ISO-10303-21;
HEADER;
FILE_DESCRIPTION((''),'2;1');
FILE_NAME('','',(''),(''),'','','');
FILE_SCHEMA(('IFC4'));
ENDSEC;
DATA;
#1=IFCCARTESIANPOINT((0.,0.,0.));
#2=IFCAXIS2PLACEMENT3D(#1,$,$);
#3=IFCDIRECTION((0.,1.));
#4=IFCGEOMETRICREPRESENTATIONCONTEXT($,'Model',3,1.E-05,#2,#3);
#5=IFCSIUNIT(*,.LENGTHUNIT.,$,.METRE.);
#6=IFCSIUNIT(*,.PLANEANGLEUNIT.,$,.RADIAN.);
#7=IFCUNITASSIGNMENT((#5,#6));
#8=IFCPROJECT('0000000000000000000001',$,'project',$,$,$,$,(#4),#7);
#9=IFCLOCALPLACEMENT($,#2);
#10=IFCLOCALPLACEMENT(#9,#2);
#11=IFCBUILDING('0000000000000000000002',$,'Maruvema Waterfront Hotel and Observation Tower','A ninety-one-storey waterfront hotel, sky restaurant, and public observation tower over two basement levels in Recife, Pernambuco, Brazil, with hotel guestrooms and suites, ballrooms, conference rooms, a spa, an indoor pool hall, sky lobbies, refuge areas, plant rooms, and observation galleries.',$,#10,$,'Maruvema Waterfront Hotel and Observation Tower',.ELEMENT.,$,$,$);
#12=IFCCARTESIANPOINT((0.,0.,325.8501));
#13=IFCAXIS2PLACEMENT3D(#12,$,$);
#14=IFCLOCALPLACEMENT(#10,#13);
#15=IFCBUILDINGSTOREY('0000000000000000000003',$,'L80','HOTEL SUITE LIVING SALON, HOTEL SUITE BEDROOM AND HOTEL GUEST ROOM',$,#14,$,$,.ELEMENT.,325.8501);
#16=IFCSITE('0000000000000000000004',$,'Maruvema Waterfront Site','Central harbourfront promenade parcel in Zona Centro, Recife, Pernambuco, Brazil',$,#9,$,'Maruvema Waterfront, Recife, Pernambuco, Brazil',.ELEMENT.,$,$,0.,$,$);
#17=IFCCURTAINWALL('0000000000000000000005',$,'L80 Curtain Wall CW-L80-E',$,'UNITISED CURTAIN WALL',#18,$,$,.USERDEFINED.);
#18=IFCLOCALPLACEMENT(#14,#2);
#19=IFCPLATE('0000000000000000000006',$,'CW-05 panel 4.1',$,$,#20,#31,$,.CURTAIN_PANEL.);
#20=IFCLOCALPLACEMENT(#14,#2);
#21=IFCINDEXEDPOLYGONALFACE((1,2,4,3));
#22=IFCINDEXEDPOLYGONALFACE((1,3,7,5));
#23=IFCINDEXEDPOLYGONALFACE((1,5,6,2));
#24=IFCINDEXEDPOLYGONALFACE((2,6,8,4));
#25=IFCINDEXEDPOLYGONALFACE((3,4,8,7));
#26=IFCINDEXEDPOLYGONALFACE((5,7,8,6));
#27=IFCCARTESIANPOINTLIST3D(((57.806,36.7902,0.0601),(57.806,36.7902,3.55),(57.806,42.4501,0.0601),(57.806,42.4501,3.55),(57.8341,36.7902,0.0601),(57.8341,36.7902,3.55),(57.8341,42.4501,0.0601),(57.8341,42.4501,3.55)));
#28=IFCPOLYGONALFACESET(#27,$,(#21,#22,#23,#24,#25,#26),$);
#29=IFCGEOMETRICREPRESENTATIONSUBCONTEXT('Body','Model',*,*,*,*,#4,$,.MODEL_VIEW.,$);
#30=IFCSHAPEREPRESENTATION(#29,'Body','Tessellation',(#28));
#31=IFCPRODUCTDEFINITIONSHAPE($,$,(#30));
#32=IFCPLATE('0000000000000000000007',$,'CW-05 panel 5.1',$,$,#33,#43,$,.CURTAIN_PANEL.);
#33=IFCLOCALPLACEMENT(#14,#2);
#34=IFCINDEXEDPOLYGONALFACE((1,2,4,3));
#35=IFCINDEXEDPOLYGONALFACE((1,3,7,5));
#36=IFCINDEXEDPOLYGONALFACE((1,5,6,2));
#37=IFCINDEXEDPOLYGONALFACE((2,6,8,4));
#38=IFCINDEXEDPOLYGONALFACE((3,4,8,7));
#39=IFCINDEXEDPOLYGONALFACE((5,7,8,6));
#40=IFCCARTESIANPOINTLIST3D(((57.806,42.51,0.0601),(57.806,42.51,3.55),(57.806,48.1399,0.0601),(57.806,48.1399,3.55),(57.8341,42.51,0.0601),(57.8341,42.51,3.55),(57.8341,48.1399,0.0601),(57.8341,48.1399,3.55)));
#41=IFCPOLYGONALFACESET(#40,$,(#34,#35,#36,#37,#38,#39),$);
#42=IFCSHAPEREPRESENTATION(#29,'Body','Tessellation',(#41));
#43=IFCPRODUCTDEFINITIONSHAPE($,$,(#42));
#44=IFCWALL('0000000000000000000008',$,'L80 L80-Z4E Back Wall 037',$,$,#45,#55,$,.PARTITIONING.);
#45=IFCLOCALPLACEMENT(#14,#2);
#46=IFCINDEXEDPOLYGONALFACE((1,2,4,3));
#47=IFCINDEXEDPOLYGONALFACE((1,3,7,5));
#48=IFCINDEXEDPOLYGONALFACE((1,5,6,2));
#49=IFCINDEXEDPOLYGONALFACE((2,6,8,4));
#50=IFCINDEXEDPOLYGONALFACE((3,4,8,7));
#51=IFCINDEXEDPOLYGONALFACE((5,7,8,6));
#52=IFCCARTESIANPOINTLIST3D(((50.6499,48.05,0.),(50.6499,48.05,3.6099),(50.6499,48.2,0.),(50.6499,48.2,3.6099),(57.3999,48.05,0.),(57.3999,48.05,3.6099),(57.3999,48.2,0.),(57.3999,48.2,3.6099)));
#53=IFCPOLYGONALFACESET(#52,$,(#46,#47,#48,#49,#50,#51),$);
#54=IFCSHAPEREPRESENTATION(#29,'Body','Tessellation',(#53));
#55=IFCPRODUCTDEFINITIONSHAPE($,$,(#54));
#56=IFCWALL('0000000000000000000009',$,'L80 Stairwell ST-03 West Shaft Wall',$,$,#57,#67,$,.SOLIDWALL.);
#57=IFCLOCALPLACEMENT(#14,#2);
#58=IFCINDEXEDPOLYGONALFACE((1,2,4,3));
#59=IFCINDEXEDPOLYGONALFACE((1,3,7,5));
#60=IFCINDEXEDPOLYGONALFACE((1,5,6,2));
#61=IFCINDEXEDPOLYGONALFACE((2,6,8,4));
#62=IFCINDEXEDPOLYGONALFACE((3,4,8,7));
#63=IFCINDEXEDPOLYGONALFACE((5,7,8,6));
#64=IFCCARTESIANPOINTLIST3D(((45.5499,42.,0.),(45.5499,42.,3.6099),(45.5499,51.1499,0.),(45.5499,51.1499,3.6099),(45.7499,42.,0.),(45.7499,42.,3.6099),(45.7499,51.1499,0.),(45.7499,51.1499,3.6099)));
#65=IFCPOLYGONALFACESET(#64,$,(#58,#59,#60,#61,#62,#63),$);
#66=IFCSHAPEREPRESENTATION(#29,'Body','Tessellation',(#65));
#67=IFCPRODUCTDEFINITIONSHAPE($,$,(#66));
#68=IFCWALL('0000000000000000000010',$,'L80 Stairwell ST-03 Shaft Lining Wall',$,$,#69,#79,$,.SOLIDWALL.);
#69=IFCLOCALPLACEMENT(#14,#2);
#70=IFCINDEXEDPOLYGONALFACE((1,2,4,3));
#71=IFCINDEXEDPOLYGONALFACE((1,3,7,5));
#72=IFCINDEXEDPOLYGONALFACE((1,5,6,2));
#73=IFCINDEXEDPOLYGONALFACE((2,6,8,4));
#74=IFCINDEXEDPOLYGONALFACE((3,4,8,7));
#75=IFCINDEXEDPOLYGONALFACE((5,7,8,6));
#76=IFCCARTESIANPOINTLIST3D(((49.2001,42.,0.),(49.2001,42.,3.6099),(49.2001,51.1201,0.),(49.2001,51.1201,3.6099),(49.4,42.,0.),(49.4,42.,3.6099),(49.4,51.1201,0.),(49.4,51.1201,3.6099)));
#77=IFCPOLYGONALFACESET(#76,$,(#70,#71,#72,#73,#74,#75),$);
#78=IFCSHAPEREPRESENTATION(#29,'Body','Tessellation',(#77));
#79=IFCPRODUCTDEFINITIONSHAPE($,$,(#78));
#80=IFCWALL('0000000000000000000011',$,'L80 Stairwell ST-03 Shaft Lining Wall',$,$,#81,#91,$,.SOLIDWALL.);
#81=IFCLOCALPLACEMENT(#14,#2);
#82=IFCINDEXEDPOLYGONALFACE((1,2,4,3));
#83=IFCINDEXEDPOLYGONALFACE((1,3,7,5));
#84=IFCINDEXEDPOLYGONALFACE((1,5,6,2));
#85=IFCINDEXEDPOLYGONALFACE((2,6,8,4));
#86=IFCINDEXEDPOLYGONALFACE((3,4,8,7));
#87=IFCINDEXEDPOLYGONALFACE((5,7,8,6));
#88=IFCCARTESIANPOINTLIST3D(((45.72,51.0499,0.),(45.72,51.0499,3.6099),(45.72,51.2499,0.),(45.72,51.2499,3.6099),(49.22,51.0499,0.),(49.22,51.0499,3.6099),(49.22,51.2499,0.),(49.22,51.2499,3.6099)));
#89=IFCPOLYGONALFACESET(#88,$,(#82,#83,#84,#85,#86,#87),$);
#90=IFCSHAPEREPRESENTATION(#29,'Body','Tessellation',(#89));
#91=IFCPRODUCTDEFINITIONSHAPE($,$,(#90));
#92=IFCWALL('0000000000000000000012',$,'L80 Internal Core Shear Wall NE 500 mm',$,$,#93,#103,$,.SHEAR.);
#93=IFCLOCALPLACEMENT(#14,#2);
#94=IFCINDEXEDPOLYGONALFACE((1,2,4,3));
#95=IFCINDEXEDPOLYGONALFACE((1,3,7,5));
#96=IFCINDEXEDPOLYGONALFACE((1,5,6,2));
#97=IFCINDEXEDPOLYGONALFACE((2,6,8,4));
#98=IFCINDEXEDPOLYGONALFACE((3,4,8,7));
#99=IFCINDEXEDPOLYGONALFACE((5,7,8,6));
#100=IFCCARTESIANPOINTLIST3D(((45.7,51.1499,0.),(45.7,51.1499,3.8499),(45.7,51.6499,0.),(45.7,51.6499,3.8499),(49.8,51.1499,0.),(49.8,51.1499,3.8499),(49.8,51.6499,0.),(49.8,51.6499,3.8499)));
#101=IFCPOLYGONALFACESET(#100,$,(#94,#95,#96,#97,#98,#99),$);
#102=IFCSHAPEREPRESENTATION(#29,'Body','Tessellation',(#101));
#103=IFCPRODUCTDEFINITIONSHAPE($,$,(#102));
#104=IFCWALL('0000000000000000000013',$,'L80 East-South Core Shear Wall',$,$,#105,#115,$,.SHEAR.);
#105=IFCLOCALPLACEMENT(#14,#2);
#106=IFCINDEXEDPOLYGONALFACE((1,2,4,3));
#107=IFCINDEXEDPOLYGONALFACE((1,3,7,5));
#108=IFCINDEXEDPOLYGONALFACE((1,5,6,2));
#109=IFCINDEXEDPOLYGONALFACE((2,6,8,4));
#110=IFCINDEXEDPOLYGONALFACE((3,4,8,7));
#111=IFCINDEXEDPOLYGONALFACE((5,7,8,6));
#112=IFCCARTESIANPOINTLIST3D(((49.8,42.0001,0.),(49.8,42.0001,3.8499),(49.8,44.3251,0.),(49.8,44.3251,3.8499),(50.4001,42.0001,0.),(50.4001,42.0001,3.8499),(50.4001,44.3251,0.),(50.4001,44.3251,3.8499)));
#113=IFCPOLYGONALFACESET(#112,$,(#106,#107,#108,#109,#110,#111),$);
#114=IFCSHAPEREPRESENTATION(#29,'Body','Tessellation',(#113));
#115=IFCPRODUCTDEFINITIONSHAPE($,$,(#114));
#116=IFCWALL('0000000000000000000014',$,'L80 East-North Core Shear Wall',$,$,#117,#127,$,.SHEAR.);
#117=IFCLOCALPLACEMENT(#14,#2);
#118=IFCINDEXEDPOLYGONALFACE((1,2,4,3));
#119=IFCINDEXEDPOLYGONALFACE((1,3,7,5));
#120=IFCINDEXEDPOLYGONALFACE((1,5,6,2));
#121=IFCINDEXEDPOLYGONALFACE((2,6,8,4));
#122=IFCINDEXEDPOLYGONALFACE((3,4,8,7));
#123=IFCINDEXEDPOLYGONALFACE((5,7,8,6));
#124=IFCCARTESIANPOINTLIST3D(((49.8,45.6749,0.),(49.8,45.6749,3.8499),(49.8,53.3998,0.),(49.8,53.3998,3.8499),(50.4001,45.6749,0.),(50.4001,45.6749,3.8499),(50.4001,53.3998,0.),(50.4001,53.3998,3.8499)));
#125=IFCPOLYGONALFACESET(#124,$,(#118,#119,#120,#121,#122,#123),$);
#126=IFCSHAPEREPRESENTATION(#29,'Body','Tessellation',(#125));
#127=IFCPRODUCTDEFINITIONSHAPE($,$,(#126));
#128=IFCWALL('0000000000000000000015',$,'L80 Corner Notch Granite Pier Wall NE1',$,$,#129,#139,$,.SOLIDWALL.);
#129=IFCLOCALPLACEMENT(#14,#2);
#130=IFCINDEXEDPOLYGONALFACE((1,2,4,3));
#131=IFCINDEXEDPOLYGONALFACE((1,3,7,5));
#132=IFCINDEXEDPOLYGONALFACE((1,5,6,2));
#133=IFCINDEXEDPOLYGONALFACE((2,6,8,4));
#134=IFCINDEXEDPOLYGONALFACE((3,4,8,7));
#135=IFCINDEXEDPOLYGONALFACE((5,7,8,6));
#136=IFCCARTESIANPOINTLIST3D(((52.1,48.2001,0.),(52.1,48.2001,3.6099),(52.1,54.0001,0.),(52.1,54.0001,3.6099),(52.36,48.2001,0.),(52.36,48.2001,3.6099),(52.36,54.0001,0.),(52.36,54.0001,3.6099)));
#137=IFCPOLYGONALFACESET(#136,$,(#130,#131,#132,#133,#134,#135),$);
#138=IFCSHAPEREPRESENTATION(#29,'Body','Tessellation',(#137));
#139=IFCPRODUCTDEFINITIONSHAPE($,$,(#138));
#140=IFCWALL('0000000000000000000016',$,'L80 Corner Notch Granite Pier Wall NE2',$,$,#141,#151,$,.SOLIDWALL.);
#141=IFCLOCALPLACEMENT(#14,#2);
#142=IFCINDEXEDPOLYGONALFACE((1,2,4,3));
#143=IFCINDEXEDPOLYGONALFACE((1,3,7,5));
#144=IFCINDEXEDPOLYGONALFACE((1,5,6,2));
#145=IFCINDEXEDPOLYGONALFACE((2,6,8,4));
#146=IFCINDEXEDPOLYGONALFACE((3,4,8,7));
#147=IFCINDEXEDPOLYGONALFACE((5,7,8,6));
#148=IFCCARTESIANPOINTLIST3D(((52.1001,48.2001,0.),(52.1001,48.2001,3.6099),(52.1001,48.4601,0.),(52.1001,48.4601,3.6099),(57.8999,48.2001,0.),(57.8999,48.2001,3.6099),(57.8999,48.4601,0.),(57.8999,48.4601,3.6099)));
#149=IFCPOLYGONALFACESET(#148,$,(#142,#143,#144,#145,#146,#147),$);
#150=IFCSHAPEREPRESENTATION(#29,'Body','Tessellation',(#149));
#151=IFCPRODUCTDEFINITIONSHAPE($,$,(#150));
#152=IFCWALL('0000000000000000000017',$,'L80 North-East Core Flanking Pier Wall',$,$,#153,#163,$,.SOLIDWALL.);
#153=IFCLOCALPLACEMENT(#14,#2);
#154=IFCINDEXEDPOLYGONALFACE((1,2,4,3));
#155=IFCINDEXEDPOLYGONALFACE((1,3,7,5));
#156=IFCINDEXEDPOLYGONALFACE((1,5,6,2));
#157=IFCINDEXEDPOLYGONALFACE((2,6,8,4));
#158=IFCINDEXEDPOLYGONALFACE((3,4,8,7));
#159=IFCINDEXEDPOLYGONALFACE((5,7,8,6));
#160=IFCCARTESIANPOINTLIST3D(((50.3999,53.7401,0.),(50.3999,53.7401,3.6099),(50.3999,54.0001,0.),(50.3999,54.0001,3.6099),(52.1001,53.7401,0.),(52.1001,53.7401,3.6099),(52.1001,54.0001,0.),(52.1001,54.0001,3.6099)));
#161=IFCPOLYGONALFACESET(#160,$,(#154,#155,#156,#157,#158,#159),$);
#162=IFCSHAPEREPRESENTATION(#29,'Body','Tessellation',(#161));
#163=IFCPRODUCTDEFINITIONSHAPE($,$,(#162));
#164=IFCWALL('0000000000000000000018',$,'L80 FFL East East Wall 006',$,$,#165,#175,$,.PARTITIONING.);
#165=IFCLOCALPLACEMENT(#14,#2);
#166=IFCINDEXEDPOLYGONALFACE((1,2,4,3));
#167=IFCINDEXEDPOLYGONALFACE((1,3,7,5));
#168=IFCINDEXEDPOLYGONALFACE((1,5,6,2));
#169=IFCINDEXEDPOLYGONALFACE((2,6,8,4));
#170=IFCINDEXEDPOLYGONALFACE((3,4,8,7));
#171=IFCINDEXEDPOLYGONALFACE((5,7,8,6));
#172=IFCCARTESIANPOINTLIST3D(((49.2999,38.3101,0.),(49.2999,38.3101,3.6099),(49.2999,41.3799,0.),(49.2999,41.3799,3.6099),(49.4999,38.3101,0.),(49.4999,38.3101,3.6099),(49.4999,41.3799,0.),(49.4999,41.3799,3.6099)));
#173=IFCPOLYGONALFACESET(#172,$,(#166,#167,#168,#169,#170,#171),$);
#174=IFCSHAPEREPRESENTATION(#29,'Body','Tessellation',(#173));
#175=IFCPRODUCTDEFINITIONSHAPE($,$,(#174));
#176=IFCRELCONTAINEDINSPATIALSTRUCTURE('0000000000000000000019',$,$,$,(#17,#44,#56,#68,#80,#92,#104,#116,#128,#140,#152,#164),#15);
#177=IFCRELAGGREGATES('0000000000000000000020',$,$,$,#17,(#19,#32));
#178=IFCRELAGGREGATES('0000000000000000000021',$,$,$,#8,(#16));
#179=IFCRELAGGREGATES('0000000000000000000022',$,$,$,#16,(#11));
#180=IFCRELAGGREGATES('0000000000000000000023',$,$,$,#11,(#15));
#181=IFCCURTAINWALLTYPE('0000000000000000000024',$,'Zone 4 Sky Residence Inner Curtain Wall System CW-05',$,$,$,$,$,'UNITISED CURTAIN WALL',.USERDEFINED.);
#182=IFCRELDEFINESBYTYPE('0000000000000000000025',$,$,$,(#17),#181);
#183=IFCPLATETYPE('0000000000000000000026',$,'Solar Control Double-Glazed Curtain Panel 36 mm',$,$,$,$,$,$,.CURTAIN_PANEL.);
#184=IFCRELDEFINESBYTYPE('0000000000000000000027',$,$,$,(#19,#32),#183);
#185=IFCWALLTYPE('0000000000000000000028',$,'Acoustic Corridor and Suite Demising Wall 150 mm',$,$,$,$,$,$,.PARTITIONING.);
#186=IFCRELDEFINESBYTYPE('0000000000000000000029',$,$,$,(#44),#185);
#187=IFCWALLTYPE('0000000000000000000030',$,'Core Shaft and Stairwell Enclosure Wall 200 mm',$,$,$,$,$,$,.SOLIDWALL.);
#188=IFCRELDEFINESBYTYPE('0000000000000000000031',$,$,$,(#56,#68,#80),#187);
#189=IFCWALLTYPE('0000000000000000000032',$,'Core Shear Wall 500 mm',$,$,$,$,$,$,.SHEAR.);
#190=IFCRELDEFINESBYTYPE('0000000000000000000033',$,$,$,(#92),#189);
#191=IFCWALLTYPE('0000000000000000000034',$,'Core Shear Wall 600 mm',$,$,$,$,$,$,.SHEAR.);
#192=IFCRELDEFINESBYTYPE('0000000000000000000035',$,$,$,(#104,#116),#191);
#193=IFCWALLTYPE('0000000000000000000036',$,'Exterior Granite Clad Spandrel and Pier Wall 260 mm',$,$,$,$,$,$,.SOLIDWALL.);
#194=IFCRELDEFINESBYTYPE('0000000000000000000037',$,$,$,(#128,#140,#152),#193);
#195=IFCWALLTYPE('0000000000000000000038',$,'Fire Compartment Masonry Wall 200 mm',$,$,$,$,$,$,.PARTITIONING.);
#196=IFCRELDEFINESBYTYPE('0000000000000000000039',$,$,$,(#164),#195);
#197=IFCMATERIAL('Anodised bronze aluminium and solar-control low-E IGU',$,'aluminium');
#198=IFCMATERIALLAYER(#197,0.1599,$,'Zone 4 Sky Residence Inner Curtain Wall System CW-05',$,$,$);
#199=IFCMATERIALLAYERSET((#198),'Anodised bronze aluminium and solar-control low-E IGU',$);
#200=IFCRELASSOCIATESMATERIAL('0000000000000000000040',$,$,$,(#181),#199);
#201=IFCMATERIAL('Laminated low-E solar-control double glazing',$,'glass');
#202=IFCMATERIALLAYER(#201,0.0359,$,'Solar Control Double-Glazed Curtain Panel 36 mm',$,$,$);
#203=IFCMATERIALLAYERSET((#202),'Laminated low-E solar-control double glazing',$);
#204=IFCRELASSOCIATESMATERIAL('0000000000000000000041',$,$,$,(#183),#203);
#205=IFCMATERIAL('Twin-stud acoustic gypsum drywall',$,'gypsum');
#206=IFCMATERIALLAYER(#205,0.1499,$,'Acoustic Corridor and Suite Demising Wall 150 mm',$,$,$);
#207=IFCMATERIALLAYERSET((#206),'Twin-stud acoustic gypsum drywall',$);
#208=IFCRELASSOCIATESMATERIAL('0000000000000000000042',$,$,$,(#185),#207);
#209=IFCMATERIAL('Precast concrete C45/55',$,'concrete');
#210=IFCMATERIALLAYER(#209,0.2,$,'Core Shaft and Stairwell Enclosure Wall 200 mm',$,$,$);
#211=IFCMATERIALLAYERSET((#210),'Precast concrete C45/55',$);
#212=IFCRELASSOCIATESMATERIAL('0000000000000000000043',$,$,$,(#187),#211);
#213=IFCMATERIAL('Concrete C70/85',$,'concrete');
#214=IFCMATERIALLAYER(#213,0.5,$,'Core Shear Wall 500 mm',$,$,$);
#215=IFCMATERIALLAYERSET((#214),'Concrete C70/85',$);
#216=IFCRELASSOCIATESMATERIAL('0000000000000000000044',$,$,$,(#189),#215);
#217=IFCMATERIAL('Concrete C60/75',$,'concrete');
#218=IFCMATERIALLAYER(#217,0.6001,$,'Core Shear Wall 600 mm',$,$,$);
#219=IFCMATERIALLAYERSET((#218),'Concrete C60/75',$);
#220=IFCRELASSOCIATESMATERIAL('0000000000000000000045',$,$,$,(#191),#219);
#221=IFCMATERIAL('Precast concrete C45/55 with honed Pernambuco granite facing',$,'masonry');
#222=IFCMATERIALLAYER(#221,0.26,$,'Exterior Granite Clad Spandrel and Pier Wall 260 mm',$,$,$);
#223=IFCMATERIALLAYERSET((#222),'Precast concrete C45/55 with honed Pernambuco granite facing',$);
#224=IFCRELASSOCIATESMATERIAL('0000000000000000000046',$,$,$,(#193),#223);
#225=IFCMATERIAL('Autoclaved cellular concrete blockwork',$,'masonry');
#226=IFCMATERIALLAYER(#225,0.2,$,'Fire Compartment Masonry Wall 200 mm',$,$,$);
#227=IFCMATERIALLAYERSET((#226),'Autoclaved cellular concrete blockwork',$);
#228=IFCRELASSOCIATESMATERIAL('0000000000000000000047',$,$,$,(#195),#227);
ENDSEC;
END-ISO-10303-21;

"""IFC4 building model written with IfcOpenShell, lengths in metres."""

from ifc_helpers import new_model, si_unit, direction, frame, frame_2d, origin, origin_2d, place, context, subcontext, project, spatial, rectangle, extrude, material, layer, layer_set, type_object, element, aggregate, save


model = new_model("IFC4")

# Units and contexts
model_context = context("Model", 3, precision=1e-05, world=origin(), true_north=direction((0.0, 1.0)))
body_context = subcontext(model_context, "Body", "Model", "MODEL_VIEW")
ifc_project = project(units=[si_unit("LENGTHUNIT", "METRE"), si_unit("PLANEANGLEUNIT", "RADIAN")], contexts=[model_context])

# Site, building, storey
site_placement = place(None, origin())
site = spatial("IfcSite", under=ifc_project, at=site_placement, Name="Maruvema Waterfront Site", Description="Central harbourfront promenade parcel in Zona Centro, Recife, Pernambuco, Brazil", LongName="Maruvema Waterfront, Recife, Pernambuco, Brazil", CompositionType="ELEMENT", RefElevation=0.0)
building_placement = place(site_placement, origin())
building = spatial("IfcBuilding", under=site, at=building_placement, Name="Maruvema Waterfront Hotel and Observation Tower", Description="A ninety-one-storey waterfront hotel, sky restaurant, and public observation tower over two basement levels in Recife, Pernambuco, Brazil, with hotel guestrooms and suites, ballrooms, conference rooms, a spa, an indoor pool hall, sky lobbies, refuge areas, plant rooms, and observation galleries.", LongName="Maruvema Waterfront Hotel and Observation Tower", CompositionType="ELEMENT")
storey_placement = place(building_placement, frame((0.0, 0.0, 325.8501)))
storey = spatial("IfcBuildingStorey", under=building, at=storey_placement, Name="L80", Description="HOTEL SUITE LIVING SALON, HOTEL SUITE BEDROOM AND HOTEL GUEST ROOM", CompositionType="ELEMENT", Elevation=325.8501)

# Curtain wall
ifc_material_1 = material(Name="Anodised bronze aluminium and solar-control low-E IGU", Category="aluminium")
ifc_layer_1 = layer(ifc_material_1, 0.1599, Name="Zone 4 Sky Residence Inner Curtain Wall System CW-05")
ifc_layer_set_1 = layer_set([ifc_layer_1], Name="Anodised bronze aluminium and solar-control low-E IGU")
curtain_wall_type = type_object("IfcCurtainWallType", Name="Zone 4 Sky Residence Inner Curtain Wall System CW-05", ElementType="UNITISED CURTAIN WALL", PredefinedType="USERDEFINED", material=ifc_layer_set_1)
curtain_wall_placement = place(storey_placement, origin())
curtain_wall = element("IfcCurtainWall", 1, at=curtain_wall_placement, inside=storey, type_object=curtain_wall_type, Name="L80 Curtain Wall CW-L80-E", ObjectType="UNITISED CURTAIN WALL", PredefinedType="USERDEFINED")

# Plates
ifc_material_2 = material(Name="Laminated low-E solar-control double glazing", Category="glass")
ifc_layer_2 = layer(ifc_material_2, 0.0359, Name="Solar Control Double-Glazed Curtain Panel 36 mm")
ifc_layer_set_2 = layer_set([ifc_layer_2], Name="Laminated low-E solar-control double glazing")
plate_type = type_object("IfcPlateType", Name="Solar Control Double-Glazed Curtain Panel 36 mm", PredefinedType="CURTAIN_PANEL", material=ifc_layer_set_2)
plate_1_placement = place(storey_placement, frame((57.8201, 39.6201, 0.0601), z_axis=(0.0, 0.0, 1.0), x_axis=(0.0, 1.0, 0.0)))
plate_1 = element("IfcPlate", 2, at=plate_1_placement, type_object=plate_type, Name="CW-05 panel 4.1", PredefinedType="CURTAIN_PANEL", context=body_context, shape_type="SweptSolid", body=[
    extrude(rectangle(XDim=5.6599, YDim=0.0281, at=origin_2d()), origin(), (0.0, 0.0, 1.0), 3.49),
])
plate_2_placement = place(storey_placement, frame((57.8201, 45.325, 0.0601), z_axis=(0.0, 0.0, 1.0), x_axis=(0.0, 1.0, 0.0)))
plate_2 = element("IfcPlate", 3, at=plate_2_placement, type_object=plate_type, Name="CW-05 panel 5.1", PredefinedType="CURTAIN_PANEL", context=body_context, shape_type="SweptSolid", body=[
    extrude(rectangle(XDim=5.6299, YDim=0.0281, at=origin_2d()), origin(), (0.0, 0.0, 1.0), 3.49),
])
aggregate(curtain_wall, [plate_1, plate_2])

# Walls
ifc_material_3 = material(Name="Twin-stud acoustic gypsum drywall", Category="gypsum")
ifc_layer_3 = layer(ifc_material_3, 0.1499, Name="Acoustic Corridor and Suite Demising Wall 150 mm")
ifc_layer_set_3 = layer_set([ifc_layer_3], Name="Twin-stud acoustic gypsum drywall")
wall_type_1 = type_object("IfcWallType", Name="Acoustic Corridor and Suite Demising Wall 150 mm", PredefinedType="PARTITIONING", material=ifc_layer_set_3)
wall_1_placement = place(storey_placement, frame((50.6499, 48.125, 0.0), z_axis=(0.0, 0.0, 1.0), x_axis=(1.0, 0.0, 0.0)))
element("IfcWall", 4, at=wall_1_placement, inside=storey, type_object=wall_type_1, Name="L80 L80-Z4E Back Wall 037", PredefinedType="PARTITIONING", context=body_context, shape_type="SweptSolid", body=[
    extrude(rectangle(XDim=6.75, YDim=0.1499, at=frame_2d((3.375, 0.0))), origin(), (0.0, 0.0, 1.0), 3.6099),
])
ifc_material_4 = material(Name="Precast concrete C45/55", Category="concrete")
ifc_layer_4 = layer(ifc_material_4, 0.2, Name="Core Shaft and Stairwell Enclosure Wall 200 mm")
ifc_layer_set_4 = layer_set([ifc_layer_4], Name="Precast concrete C45/55")
wall_type_2 = type_object("IfcWallType", Name="Core Shaft and Stairwell Enclosure Wall 200 mm", PredefinedType="SOLIDWALL", material=ifc_layer_set_4)
wall_2_placement = place(storey_placement, frame((45.6499, 42.0, 0.0), z_axis=(0.0, 0.0, 1.0), x_axis=(0.0, 1.0, 0.0)))
element("IfcWall", 5, at=wall_2_placement, inside=storey, type_object=wall_type_2, Name="L80 Stairwell ST-03 West Shaft Wall", PredefinedType="SOLIDWALL", context=body_context, shape_type="SweptSolid", body=[
    extrude(rectangle(XDim=9.1499, YDim=0.2, at=frame_2d((4.575, 0.0))), origin(), (0.0, 0.0, 1.0), 3.6099),
])
wall_3_placement = place(storey_placement, frame((49.3, 42.0, 0.0), z_axis=(0.0, 0.0, 1.0), x_axis=(0.0, 1.0, 0.0)))
element("IfcWall", 6, at=wall_3_placement, inside=storey, type_object=wall_type_2, Name="L80 Stairwell ST-03 Shaft Lining Wall", PredefinedType="SOLIDWALL", context=body_context, shape_type="SweptSolid", body=[
    extrude(rectangle(XDim=9.1201, YDim=0.2, at=frame_2d((4.5601, 0.0))), origin(), (0.0, 0.0, 1.0), 3.6099),
])
wall_4_placement = place(storey_placement, frame((45.72, 51.1499, 0.0), z_axis=(0.0, 0.0, 1.0), x_axis=(1.0, 0.0, 0.0)))
element("IfcWall", 7, at=wall_4_placement, inside=storey, type_object=wall_type_2, Name="L80 Stairwell ST-03 Shaft Lining Wall", PredefinedType="SOLIDWALL", context=body_context, shape_type="SweptSolid", body=[
    extrude(rectangle(XDim=3.5, YDim=0.2, at=frame_2d((1.75, 0.0))), origin(), (0.0, 0.0, 1.0), 3.6099),
])
ifc_material_5 = material(Name="Concrete C70/85", Category="concrete")
ifc_layer_5 = layer(ifc_material_5, 0.5, Name="Core Shear Wall 500 mm")
ifc_layer_set_5 = layer_set([ifc_layer_5], Name="Concrete C70/85")
wall_type_3 = type_object("IfcWallType", Name="Core Shear Wall 500 mm", PredefinedType="SHEAR", material=ifc_layer_set_5)
wall_5_placement = place(storey_placement, frame((45.7, 51.3999, 0.0), z_axis=(0.0, 0.0, 1.0), x_axis=(1.0, 0.0, 0.0)))
element("IfcWall", 8, at=wall_5_placement, inside=storey, type_object=wall_type_3, Name="L80 Internal Core Shear Wall NE 500 mm", PredefinedType="SHEAR", context=body_context, shape_type="SweptSolid", body=[
    extrude(rectangle(XDim=4.1001, YDim=0.5, at=frame_2d((2.05, 0.0))), origin(), (0.0, 0.0, 1.0), 3.8499),
])
ifc_material_6 = material(Name="Concrete C60/75", Category="concrete")
ifc_layer_6 = layer(ifc_material_6, 0.6001, Name="Core Shear Wall 600 mm")
ifc_layer_set_6 = layer_set([ifc_layer_6], Name="Concrete C60/75")
wall_type_4 = type_object("IfcWallType", Name="Core Shear Wall 600 mm", PredefinedType="SHEAR", material=ifc_layer_set_6)
wall_6_placement = place(storey_placement, frame((50.1001, 42.0, 0.0), z_axis=(0.0, 0.0, 1.0), x_axis=(0.0, 1.0, 0.0)))
element("IfcWall", 9, at=wall_6_placement, inside=storey, type_object=wall_type_4, Name="L80 East-South Core Shear Wall", PredefinedType="SHEAR", context=body_context, shape_type="SweptSolid", body=[
    extrude(rectangle(XDim=2.325, YDim=0.6001, at=frame_2d((1.1626, 0.0))), origin(), (0.0, 0.0, 1.0), 3.8499),
])
wall_7_placement = place(storey_placement, frame((50.1001, 45.675, 0.0), z_axis=(0.0, 0.0, 1.0), x_axis=(0.0, 1.0, 0.0)))
element("IfcWall", 10, at=wall_7_placement, inside=storey, type_object=wall_type_4, Name="L80 East-North Core Shear Wall", PredefinedType="SHEAR", context=body_context, shape_type="SweptSolid", body=[
    extrude(rectangle(XDim=7.7249, YDim=0.6001, at=frame_2d((3.8623, 0.0))), origin(), (0.0, 0.0, 1.0), 3.8499),
])
ifc_material_7 = material(Name="Precast concrete C45/55 with honed Pernambuco granite facing", Category="masonry")
ifc_layer_7 = layer(ifc_material_7, 0.26, Name="Exterior Granite Clad Spandrel and Pier Wall 260 mm")
ifc_layer_set_7 = layer_set([ifc_layer_7], Name="Precast concrete C45/55 with honed Pernambuco granite facing")
wall_type_5 = type_object("IfcWallType", Name="Exterior Granite Clad Spandrel and Pier Wall 260 mm", PredefinedType="SOLIDWALL", material=ifc_layer_set_7)
wall_8_placement = place(storey_placement, frame((52.23, 54.0, 0.0), z_axis=(0.0, 0.0, 1.0), x_axis=(0.0, -1.0, 0.0)))
element("IfcWall", 11, at=wall_8_placement, inside=storey, type_object=wall_type_5, Name="L80 Corner Notch Granite Pier Wall NE1", PredefinedType="SOLIDWALL", context=body_context, shape_type="SweptSolid", body=[
    extrude(rectangle(XDim=5.8, YDim=0.26, at=frame_2d((2.8999, 0.0))), origin(), (0.0, 0.0, 1.0), 3.6099),
])
wall_9_placement = place(storey_placement, frame((52.1001, 48.3301, 0.0), z_axis=(0.0, 0.0, 1.0), x_axis=(1.0, 0.0, 0.0)))
element("IfcWall", 12, at=wall_9_placement, inside=storey, type_object=wall_type_5, Name="L80 Corner Notch Granite Pier Wall NE2", PredefinedType="SOLIDWALL", context=body_context, shape_type="SweptSolid", body=[
    extrude(rectangle(XDim=5.7998, YDim=0.26, at=frame_2d((2.8999, 0.0))), origin(), (0.0, 0.0, 1.0), 3.6099),
])
wall_10_placement = place(storey_placement, frame((52.1001, 53.8701, 0.0), z_axis=(0.0, 0.0, 1.0), x_axis=(-1.0, 0.0, 0.0)))
element("IfcWall", 13, at=wall_10_placement, inside=storey, type_object=wall_type_5, Name="L80 North-East Core Flanking Pier Wall", PredefinedType="SOLIDWALL", context=body_context, shape_type="SweptSolid", body=[
    extrude(rectangle(XDim=1.7002, YDim=0.26, at=frame_2d((0.8501, 0.0))), origin(), (0.0, 0.0, 1.0), 3.6099),
])
ifc_material_8 = material(Name="Autoclaved cellular concrete blockwork", Category="masonry")
ifc_layer_8 = layer(ifc_material_8, 0.2, Name="Fire Compartment Masonry Wall 200 mm")
ifc_layer_set_8 = layer_set([ifc_layer_8], Name="Autoclaved cellular concrete blockwork")
wall_type_6 = type_object("IfcWallType", Name="Fire Compartment Masonry Wall 200 mm", PredefinedType="PARTITIONING", material=ifc_layer_set_8)
wall_11_placement = place(storey_placement, frame((49.3999, 38.3101, 0.0), z_axis=(0.0, 0.0, 1.0), x_axis=(0.0, 1.0, 0.0)))
element("IfcWall", 14, at=wall_11_placement, inside=storey, type_object=wall_type_6, Name="L80 FFL East East Wall 006", PredefinedType="PARTITIONING", context=body_context, shape_type="SweptSolid", body=[
    extrude(rectangle(XDim=3.0698, YDim=0.2, at=frame_2d((1.5349, 0.0))), origin(), (0.0, 0.0, 1.0), 3.6099),
])

save(model, "model.ifc")
